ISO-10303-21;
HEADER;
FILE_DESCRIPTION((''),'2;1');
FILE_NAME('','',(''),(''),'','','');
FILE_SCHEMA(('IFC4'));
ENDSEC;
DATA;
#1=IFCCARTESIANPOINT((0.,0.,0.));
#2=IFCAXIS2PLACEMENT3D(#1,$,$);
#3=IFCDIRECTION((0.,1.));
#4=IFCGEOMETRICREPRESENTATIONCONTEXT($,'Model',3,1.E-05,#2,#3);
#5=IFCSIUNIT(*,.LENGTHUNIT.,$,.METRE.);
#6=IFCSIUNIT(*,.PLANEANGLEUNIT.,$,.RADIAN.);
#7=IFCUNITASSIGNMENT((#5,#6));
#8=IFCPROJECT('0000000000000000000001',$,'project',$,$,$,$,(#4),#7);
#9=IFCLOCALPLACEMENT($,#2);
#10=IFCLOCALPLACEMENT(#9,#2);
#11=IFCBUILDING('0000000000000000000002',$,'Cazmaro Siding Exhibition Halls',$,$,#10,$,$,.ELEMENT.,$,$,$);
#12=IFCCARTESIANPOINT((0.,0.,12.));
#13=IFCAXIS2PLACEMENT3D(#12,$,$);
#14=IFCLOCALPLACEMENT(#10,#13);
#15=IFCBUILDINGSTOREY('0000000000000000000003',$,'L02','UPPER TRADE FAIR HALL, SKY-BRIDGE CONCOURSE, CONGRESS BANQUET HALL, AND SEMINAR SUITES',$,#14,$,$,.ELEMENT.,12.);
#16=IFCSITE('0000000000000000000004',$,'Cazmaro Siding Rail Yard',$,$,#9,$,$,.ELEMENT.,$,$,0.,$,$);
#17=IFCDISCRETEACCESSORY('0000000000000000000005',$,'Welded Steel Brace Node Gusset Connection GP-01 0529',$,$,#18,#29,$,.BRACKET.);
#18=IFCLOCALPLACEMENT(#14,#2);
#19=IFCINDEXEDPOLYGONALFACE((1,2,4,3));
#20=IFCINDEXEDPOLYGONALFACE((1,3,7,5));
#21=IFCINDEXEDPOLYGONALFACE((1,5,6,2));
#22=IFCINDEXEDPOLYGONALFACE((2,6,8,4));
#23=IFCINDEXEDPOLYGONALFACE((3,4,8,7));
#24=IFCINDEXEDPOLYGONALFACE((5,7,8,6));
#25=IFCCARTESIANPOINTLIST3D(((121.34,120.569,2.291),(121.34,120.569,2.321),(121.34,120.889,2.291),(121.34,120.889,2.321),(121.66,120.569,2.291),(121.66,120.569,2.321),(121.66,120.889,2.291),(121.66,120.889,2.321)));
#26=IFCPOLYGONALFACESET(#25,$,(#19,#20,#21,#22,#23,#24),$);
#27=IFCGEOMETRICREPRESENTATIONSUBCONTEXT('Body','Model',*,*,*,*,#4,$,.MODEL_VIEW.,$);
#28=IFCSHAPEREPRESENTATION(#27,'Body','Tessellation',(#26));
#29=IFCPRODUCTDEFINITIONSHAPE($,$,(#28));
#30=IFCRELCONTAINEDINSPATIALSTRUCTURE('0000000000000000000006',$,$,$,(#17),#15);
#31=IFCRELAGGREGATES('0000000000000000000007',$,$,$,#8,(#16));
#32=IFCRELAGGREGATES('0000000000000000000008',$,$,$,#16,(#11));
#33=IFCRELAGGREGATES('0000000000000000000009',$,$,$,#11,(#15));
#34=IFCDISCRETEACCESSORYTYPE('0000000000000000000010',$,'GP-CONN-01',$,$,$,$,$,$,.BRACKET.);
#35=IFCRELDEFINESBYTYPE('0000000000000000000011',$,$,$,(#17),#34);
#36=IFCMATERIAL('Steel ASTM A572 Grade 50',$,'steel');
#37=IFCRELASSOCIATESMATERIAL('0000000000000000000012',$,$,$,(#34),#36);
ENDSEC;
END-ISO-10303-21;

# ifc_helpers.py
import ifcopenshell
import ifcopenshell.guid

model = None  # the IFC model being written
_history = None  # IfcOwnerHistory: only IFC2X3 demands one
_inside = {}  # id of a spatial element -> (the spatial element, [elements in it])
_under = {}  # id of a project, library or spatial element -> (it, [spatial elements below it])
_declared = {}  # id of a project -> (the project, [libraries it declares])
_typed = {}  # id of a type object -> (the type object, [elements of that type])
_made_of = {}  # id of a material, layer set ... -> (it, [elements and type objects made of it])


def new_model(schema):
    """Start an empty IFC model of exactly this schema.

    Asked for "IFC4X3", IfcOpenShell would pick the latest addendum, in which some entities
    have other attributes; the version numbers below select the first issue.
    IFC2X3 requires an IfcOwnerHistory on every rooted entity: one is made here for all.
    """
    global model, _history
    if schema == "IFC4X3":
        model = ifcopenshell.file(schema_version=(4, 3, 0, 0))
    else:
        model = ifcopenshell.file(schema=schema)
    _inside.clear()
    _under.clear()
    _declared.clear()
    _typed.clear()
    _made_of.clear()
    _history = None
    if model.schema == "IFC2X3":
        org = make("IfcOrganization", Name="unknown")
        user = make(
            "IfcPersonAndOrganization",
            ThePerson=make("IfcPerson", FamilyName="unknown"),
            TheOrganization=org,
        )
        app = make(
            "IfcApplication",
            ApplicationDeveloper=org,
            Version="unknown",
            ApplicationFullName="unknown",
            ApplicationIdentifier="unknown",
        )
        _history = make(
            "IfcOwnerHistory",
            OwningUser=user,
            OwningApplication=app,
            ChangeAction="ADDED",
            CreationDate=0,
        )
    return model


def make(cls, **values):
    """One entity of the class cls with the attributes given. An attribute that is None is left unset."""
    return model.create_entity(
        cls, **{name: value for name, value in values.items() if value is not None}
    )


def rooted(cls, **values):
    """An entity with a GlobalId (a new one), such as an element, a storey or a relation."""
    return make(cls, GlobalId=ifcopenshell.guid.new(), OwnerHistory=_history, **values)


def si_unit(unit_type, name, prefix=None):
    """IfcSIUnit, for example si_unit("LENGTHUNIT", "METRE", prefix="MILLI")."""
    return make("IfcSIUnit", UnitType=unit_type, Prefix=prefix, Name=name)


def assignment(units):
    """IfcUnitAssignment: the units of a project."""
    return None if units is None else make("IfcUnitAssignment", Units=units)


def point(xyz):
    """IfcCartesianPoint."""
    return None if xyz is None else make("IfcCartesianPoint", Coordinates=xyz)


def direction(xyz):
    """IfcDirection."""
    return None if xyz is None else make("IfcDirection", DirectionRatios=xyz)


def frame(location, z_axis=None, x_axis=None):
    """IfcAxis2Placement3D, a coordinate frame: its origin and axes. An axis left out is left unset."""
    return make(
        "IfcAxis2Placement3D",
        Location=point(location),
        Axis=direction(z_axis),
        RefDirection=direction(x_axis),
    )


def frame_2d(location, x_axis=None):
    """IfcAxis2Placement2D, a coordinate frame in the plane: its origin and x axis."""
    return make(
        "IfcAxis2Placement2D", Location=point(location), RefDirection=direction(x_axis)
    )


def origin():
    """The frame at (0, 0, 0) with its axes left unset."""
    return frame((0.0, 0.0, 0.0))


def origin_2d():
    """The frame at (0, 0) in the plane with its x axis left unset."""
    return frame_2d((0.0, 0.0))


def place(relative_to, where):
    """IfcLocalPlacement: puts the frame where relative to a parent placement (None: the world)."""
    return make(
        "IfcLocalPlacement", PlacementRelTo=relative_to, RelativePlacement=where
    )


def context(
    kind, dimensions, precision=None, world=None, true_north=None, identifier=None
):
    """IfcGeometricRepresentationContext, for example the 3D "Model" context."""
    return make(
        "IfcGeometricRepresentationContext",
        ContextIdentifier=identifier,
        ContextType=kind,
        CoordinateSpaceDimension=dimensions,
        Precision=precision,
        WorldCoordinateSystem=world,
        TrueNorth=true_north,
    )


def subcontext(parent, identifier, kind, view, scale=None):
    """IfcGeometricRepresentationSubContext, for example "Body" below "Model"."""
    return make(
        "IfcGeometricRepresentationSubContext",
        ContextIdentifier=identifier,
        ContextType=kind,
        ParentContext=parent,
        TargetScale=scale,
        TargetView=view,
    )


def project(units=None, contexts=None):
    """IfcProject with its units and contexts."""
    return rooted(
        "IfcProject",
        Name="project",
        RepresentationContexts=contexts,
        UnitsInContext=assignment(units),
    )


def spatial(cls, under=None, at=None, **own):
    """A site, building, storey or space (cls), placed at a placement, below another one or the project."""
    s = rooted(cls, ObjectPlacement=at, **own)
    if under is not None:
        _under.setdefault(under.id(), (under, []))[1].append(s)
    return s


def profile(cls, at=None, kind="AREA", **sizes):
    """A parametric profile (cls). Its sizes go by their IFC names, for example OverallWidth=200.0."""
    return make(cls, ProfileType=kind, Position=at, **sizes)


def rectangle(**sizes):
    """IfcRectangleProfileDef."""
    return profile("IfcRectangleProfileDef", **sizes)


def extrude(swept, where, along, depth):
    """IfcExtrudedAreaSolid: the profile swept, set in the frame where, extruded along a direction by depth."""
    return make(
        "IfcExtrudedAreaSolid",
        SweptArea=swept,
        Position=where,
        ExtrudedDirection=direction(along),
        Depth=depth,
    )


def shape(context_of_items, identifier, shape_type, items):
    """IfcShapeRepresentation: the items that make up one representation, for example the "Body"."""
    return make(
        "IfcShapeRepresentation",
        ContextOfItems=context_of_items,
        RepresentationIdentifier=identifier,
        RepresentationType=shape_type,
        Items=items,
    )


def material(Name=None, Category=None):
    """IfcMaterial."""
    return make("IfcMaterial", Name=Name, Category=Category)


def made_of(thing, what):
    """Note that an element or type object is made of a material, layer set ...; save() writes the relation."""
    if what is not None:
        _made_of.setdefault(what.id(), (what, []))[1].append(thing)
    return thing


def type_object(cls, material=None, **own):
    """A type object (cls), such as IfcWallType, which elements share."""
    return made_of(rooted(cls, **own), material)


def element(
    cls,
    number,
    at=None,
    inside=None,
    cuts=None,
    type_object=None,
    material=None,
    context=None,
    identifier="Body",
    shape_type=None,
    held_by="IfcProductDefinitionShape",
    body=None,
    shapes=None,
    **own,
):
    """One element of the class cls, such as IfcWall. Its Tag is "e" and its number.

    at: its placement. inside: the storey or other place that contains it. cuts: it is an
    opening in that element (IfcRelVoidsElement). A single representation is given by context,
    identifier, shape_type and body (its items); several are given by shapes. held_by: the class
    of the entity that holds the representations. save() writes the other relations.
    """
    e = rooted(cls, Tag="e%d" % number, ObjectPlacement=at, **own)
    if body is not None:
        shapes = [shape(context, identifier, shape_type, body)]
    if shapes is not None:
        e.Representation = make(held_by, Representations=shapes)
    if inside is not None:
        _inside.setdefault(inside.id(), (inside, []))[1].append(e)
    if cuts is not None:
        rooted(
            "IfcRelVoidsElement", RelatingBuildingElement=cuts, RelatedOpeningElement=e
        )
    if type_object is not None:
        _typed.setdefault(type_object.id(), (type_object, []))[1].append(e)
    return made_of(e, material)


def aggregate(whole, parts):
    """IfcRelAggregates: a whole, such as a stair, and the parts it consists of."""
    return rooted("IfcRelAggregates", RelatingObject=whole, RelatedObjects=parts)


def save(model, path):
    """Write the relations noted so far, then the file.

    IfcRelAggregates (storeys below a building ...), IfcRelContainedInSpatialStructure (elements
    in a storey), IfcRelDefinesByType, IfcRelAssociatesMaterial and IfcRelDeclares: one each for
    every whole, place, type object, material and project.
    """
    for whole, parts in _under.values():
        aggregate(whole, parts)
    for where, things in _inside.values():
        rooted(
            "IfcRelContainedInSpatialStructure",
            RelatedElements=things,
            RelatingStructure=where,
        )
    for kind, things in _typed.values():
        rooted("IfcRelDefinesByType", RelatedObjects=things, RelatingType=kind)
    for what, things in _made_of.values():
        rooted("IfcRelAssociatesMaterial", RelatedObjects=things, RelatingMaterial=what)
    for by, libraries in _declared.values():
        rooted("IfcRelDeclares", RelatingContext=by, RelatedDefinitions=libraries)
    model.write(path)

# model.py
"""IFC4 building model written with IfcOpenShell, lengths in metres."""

from ifc_helpers import new_model, si_unit, direction, frame, origin, origin_2d, place, context, subcontext, project, spatial, rectangle, extrude, material, type_object, element, save


model = new_model("IFC4")

# Units and contexts
model_context = context("Model", 3, precision=1e-05, world=origin(), true_north=direction((0.0, 1.0)))
body_context = subcontext(model_context, "Body", "Model", "MODEL_VIEW")
ifc_project = project(units=[si_unit("LENGTHUNIT", "METRE"), si_unit("PLANEANGLEUNIT", "RADIAN")], contexts=[model_context])

# Site, building, storey
site_placement = place(None, origin())
site = spatial("IfcSite", under=ifc_project, at=site_placement, Name="Cazmaro Siding Rail Yard", CompositionType="ELEMENT", RefElevation=0.0)
building_placement = place(site_placement, origin())
building = spatial("IfcBuilding", under=site, at=building_placement, Name="Cazmaro Siding Exhibition Halls", CompositionType="ELEMENT")
storey_placement = place(building_placement, frame((0.0, 0.0, 12.0)))
storey = spatial("IfcBuildingStorey", under=building, at=storey_placement, Name="L02", Description="UPPER TRADE FAIR HALL, SKY-BRIDGE CONCOURSE, CONGRESS BANQUET HALL, AND SEMINAR SUITES", CompositionType="ELEMENT", Elevation=12.0)

# Discrete accessory
ifc_material_1 = material(Name="Steel ASTM A572 Grade 50", Category="steel")
discrete_accessory_type = type_object("IfcDiscreteAccessoryType", Name="GP-CONN-01", PredefinedType="BRACKET", material=ifc_material_1)
for number, where, z_axis, x_axis, name in (
    (1, (121.5, 120.729, 2.291), (0.0, 0.0, 1.0), (1.0, 0.0, 0.0), "Welded Steel Brace Node Gusset Connection GP-01 0529"),
):
    element("IfcDiscreteAccessory", number, at=place(storey_placement, frame(where, z_axis=z_axis, x_axis=x_axis)), inside=storey, type_object=discrete_accessory_type, Name=name, PredefinedType="BRACKET", context=body_context, shape_type="SweptSolid", body=[
        extrude(rectangle(XDim=0.3201, YDim=0.3201, at=origin_2d()), origin(), (0.0, 0.0, 1.0), 0.03),
    ])

save(model, "model.ifc")
